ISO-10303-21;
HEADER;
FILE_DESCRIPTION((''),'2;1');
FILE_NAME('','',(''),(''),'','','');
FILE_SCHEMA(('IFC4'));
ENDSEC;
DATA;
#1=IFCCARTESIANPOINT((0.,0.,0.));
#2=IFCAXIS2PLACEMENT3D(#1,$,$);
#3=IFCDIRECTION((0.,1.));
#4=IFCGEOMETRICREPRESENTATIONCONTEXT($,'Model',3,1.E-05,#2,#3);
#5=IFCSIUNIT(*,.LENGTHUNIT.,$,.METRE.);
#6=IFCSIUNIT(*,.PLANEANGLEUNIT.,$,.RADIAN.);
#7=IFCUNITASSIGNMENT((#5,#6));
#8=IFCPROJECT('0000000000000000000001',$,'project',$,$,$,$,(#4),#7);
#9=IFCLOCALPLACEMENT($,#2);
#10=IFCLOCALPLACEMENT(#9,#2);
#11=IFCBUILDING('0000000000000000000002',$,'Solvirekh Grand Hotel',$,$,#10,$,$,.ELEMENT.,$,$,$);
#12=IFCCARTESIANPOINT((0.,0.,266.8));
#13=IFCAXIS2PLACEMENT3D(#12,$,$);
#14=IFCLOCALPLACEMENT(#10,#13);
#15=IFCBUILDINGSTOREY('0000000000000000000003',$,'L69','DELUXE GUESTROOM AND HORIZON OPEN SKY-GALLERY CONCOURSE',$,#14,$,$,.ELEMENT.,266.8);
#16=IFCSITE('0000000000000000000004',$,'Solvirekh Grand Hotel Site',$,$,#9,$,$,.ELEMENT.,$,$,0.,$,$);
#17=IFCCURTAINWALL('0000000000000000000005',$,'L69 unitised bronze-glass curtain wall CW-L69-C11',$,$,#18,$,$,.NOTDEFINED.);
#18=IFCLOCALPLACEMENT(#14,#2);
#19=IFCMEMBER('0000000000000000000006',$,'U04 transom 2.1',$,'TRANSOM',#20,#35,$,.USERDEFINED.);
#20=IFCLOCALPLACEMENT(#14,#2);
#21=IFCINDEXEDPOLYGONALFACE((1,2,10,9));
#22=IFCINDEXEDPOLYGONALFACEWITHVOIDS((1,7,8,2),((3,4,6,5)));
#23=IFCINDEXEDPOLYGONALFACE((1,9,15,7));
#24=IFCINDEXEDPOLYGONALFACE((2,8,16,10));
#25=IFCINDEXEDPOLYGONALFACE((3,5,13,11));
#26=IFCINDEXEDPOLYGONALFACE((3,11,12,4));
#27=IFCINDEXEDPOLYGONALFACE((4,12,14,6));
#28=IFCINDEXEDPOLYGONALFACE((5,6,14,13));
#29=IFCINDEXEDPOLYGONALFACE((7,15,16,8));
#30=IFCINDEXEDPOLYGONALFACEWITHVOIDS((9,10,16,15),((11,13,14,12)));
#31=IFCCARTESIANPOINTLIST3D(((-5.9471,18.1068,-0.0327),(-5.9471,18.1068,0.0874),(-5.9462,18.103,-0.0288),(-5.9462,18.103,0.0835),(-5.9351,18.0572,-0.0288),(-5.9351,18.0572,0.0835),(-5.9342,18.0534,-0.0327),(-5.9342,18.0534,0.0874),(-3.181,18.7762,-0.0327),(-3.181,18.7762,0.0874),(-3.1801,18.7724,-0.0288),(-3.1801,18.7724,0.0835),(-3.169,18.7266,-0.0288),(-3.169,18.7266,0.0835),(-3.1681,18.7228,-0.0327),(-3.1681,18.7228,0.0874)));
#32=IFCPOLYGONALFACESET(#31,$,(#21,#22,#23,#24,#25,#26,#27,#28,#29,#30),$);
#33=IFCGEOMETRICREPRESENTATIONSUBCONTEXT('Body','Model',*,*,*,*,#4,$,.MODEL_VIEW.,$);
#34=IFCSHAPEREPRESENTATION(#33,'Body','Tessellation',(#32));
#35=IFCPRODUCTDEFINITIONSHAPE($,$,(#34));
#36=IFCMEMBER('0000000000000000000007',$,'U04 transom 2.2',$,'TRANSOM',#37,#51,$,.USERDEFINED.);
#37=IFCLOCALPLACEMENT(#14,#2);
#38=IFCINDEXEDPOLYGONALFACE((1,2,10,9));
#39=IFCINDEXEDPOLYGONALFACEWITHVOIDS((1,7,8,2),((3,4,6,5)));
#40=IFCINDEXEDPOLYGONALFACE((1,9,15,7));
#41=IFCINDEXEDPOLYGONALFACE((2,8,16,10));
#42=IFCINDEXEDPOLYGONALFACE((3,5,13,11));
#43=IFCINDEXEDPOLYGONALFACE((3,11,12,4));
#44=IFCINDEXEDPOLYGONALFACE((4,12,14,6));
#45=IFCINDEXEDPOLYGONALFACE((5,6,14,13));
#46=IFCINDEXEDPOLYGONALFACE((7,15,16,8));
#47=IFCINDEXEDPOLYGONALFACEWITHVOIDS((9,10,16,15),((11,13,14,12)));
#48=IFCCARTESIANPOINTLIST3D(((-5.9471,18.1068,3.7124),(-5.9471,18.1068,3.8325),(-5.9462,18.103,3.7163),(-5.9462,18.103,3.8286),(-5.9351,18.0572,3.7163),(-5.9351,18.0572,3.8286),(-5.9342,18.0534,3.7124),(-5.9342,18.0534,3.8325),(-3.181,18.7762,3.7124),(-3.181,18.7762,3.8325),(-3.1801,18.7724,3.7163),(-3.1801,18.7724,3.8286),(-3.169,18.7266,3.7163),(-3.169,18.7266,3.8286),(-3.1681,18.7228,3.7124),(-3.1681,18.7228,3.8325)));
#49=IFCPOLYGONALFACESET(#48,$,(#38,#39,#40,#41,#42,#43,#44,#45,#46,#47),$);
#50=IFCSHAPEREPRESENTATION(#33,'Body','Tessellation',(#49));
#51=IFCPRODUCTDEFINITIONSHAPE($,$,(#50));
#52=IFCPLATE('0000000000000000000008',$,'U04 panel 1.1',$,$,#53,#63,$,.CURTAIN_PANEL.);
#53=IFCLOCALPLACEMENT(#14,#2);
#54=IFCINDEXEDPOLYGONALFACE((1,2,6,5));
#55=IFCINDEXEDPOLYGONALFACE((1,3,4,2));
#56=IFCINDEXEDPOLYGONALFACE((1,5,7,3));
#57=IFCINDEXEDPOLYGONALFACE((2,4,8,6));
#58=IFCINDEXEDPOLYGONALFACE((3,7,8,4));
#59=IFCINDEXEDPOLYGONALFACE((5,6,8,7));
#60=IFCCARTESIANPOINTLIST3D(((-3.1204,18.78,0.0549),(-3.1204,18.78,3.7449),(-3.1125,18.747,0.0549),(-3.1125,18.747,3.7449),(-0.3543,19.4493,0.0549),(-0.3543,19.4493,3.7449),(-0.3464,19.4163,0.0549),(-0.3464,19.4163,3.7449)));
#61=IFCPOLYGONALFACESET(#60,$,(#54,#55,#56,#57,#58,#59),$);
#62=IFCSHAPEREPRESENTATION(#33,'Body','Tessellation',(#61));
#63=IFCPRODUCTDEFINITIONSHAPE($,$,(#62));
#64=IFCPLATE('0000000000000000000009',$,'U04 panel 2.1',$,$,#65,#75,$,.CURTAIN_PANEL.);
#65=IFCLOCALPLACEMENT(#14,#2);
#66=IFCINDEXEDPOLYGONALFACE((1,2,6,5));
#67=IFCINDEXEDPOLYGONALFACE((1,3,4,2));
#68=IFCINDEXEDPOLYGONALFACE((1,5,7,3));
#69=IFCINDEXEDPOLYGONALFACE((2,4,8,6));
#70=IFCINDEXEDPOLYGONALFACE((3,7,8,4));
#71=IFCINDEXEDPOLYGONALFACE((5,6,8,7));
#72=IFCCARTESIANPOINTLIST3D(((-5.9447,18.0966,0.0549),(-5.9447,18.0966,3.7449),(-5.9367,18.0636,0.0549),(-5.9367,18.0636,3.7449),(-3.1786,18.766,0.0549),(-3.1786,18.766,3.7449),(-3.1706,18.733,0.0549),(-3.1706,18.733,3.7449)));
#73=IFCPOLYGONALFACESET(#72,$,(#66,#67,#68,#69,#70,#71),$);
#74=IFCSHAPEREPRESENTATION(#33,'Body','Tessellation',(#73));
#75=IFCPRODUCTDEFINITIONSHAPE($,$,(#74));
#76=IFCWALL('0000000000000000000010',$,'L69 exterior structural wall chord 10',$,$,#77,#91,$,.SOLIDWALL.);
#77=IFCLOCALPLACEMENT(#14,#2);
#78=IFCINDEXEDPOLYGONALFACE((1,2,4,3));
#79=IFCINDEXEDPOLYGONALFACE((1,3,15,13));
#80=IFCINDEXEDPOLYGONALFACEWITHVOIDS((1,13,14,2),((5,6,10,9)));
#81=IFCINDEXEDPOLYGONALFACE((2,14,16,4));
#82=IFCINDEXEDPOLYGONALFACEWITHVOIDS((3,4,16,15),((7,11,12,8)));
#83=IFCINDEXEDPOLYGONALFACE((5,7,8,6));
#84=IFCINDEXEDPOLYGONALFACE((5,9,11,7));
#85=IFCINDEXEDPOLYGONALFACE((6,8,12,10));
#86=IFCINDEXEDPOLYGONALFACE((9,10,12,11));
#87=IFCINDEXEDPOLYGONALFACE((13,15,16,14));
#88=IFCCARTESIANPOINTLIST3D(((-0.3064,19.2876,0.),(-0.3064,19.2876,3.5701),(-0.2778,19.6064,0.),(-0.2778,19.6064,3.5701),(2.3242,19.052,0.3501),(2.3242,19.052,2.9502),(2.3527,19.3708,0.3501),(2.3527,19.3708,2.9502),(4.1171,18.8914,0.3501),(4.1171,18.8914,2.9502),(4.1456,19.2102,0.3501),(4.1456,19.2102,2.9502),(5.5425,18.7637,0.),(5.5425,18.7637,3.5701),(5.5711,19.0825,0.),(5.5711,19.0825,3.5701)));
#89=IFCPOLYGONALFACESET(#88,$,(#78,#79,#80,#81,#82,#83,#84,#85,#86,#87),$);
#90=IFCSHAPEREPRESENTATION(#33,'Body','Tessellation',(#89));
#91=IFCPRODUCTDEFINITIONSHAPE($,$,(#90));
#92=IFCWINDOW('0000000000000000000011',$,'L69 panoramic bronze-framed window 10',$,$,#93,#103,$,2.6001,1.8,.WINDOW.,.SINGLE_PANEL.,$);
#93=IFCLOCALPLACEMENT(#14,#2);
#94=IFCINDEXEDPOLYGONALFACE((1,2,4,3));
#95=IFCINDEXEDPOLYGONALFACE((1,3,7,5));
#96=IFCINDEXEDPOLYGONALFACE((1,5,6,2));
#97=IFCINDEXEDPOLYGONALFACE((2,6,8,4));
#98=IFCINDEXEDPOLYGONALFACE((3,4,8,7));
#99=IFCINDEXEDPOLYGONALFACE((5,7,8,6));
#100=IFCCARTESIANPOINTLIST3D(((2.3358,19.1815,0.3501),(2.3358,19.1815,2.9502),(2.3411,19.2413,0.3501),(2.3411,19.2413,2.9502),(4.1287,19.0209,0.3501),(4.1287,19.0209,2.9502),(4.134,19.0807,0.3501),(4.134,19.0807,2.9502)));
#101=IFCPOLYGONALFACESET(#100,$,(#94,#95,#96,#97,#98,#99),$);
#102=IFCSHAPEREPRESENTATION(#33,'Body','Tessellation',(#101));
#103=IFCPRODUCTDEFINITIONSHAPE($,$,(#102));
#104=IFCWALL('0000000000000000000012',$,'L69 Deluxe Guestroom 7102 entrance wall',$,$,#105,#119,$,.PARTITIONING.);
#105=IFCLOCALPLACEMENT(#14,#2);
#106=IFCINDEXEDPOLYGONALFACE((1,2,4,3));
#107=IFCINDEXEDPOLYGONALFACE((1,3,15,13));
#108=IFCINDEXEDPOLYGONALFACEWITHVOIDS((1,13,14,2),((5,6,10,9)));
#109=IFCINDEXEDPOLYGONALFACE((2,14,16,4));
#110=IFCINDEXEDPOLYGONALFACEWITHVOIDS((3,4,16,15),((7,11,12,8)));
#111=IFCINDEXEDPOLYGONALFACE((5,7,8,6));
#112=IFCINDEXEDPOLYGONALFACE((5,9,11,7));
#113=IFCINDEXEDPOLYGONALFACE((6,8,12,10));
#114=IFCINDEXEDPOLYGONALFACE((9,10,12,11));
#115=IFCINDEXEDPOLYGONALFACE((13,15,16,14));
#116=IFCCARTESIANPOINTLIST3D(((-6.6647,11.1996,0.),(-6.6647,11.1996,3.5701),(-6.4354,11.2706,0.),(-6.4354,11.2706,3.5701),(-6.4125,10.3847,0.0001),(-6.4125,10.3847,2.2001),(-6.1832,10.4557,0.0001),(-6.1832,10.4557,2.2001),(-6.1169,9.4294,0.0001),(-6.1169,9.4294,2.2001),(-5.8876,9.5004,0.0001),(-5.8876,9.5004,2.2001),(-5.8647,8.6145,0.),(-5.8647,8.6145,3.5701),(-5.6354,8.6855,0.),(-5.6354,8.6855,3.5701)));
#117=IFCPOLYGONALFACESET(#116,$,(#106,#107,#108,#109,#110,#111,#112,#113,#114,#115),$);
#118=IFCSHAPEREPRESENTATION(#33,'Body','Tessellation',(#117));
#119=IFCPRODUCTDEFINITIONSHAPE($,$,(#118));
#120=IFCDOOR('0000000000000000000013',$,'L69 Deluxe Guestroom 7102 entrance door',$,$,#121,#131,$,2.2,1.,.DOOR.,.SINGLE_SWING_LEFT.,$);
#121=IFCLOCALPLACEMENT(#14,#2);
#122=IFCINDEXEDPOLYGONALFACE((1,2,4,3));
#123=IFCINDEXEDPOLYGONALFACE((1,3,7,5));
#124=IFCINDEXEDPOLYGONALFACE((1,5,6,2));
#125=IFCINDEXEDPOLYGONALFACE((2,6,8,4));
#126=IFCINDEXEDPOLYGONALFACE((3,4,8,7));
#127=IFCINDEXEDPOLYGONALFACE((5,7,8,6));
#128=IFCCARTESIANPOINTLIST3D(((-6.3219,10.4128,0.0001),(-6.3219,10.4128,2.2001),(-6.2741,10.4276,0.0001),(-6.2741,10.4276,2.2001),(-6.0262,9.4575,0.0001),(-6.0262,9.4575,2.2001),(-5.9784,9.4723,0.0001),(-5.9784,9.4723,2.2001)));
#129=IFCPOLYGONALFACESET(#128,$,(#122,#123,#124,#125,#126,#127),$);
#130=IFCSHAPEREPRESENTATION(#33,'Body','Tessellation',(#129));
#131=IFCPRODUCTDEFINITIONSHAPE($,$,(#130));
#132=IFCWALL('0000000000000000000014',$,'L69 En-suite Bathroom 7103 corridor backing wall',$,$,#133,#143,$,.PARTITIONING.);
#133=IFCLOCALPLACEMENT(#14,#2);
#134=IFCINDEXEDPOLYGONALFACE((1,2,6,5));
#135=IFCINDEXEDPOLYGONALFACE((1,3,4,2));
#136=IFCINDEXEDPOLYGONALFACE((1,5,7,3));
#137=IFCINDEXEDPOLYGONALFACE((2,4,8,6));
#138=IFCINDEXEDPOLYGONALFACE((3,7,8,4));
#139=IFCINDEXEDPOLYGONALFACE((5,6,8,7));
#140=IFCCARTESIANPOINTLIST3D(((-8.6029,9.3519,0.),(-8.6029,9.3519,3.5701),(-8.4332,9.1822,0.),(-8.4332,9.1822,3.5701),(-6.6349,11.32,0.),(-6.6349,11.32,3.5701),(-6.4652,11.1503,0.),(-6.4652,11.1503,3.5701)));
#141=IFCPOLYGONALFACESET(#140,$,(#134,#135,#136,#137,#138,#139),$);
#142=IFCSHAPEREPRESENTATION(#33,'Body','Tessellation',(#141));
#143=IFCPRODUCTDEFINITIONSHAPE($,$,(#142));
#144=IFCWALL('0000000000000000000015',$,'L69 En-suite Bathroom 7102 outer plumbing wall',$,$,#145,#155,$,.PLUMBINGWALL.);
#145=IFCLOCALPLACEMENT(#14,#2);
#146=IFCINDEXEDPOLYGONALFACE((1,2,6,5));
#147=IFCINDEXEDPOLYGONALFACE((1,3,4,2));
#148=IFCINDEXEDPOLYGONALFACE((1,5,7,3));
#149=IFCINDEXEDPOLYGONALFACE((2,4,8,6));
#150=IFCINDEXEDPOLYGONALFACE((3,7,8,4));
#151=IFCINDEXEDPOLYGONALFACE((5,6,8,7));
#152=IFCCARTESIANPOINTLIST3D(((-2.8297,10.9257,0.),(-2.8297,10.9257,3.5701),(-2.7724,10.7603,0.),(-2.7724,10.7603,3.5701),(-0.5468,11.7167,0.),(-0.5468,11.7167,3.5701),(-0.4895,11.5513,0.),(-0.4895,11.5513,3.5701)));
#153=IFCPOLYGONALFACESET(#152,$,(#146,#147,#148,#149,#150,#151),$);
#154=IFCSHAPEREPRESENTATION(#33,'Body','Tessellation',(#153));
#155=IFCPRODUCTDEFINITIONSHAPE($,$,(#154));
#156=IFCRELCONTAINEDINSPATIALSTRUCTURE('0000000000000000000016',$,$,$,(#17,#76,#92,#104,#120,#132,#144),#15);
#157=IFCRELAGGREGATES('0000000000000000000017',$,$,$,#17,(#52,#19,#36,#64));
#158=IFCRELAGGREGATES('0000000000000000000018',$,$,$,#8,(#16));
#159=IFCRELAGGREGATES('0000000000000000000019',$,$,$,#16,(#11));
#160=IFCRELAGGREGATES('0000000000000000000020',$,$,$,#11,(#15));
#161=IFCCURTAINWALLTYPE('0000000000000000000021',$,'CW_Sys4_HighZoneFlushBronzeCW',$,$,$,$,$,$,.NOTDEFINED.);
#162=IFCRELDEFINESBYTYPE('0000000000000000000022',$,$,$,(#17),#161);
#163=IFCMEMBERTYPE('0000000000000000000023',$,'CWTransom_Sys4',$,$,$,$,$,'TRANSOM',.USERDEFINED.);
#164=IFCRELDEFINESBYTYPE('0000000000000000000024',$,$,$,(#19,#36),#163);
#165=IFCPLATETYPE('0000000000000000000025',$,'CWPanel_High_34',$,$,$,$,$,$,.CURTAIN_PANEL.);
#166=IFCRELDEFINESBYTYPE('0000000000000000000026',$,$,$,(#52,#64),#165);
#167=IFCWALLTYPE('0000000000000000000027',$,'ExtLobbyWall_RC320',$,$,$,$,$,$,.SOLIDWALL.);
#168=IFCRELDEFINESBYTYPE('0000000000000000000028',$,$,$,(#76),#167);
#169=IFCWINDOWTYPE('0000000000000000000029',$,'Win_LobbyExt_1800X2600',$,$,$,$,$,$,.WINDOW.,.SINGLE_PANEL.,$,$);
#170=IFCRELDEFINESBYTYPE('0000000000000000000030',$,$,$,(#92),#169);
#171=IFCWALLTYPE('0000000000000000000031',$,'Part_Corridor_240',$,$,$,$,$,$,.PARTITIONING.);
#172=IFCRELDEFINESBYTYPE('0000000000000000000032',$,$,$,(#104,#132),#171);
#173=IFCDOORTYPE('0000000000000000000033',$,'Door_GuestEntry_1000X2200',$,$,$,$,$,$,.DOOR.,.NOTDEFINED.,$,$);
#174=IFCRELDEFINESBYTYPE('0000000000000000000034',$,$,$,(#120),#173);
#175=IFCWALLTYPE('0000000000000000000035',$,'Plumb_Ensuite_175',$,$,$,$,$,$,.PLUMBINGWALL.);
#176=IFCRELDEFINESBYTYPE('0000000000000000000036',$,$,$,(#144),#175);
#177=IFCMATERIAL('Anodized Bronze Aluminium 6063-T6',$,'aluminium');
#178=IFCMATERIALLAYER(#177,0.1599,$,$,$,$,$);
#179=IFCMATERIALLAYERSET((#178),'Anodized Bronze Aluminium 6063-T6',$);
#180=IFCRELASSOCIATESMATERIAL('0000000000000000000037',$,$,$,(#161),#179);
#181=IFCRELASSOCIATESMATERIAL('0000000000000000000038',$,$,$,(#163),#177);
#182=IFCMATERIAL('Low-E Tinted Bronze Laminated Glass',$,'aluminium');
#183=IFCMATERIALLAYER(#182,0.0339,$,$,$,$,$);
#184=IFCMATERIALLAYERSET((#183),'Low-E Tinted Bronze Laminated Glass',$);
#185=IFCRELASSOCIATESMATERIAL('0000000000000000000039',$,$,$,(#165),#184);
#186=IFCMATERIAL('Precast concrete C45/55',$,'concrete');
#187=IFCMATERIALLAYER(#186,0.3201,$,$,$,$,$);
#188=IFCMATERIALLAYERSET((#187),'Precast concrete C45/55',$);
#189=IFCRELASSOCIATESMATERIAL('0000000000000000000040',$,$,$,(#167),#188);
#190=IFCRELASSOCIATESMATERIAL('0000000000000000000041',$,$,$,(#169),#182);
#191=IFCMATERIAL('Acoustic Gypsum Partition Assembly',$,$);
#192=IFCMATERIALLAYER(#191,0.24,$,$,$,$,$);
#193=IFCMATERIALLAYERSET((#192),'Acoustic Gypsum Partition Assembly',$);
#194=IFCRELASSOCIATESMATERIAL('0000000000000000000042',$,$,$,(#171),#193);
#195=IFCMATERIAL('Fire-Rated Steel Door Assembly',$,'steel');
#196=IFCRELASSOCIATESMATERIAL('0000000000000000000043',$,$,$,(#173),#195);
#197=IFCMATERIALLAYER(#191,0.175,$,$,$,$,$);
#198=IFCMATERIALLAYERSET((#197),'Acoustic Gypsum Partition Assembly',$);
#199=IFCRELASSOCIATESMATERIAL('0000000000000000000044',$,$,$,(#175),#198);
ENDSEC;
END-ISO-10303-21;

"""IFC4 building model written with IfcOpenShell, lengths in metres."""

from ifc_helpers import new_model, si_unit, direction, frame, frame_2d, origin, origin_2d, place, context, subcontext, project, spatial, rectangle, hollow_rectangle, extrude, source, transform, mapped, material, layer, layer_set, material_profile, profile_set, type_object, element, fill, aggregate, save


model = new_model("IFC4")

# Units and contexts
model_context = context("Model", 3, precision=1e-05, world=origin(), true_north=direction((0.0, 1.0)))
body_context = subcontext(model_context, "Body", "Model", "MODEL_VIEW")
ifc_project = project(units=[si_unit("LENGTHUNIT", "METRE"), si_unit("PLANEANGLEUNIT", "RADIAN")], contexts=[model_context])

# Site, building, storey
site_placement = place(None, origin())
site = spatial("IfcSite", under=ifc_project, at=site_placement, Name="Solvirekh Grand Hotel Site", CompositionType="ELEMENT", RefElevation=0.0)
building_placement = place(site_placement, origin())
building = spatial("IfcBuilding", under=site, at=building_placement, Name="Solvirekh Grand Hotel", CompositionType="ELEMENT")
storey_placement = place(building_placement, frame((0.0, 0.0, 266.8)))
storey = spatial("IfcBuildingStorey", under=building, at=storey_placement, Name="L69", Description="DELUXE GUESTROOM AND HORIZON OPEN SKY-GALLERY CONCOURSE", CompositionType="ELEMENT", Elevation=266.8)

# Curtain wall, members, plates
ifc_material_1 = material(Name="Anodized Bronze Aluminium 6063-T6", Category="aluminium")
ifc_layer_1 = layer(ifc_material_1, 0.1599)
ifc_layer_set_1 = layer_set([ifc_layer_1], Name="Anodized Bronze Aluminium 6063-T6")
curtain_wall_type = type_object("IfcCurtainWallType", Name="CW_Sys4_HighZoneFlushBronzeCW", PredefinedType="NOTDEFINED", material=ifc_layer_set_1)
curtain_wall_placement = place(storey_placement, origin())
curtain_wall = element("IfcCurtainWall", 1, at=curtain_wall_placement, inside=storey, type_object=curtain_wall_type, Name="L69 unitised bronze-glass curtain wall CW-L69-C11", PredefinedType="NOTDEFINED")
ifc_material_profile_1 = material_profile(ifc_material_1, hollow_rectangle(XDim=0.0549, YDim=0.1201, WallThickness=0.0039, at=origin_2d()), Name="ALU RHS 120X55X4")
ifc_profile_set_1 = profile_set([ifc_material_profile_1], Name="Anodized Bronze Aluminium 6063-T6")
member_type_1 = type_object("IfcMemberType", Name="CWTransom_Sys4", ElementType="TRANSOM", PredefinedType="USERDEFINED", material=ifc_profile_set_1)
shared_shape_1 = source(origin(), body_context, "Body", "SweptSolid", [
    extrude(hollow_rectangle(XDim=0.0549, YDim=0.1201, WallThickness=0.0039, at=origin_2d()), origin(), (0.0, 0.0, 1.0), 2.8459),
])
member_1_placement = place(storey_placement, frame((-3.1746, 18.7495, 0.0273), z_axis=(-0.971942, -0.235222, 0.0), x_axis=(0.235222, -0.971942, 0.0)))
member_1 = element("IfcMember", 2, at=member_1_placement, type_object=member_type_1, Name="U04 transom 2.1", ObjectType="TRANSOM", PredefinedType="USERDEFINED", context=body_context, shape_type="MappedRepresentation", body=[
    mapped(shared_shape_1, transform((0.0, 0.0, 0.0), x_axis=(1.0, 0.0, 0.0), y_axis=(0.0, 1.0, 0.0), z_axis=(0.0, 0.0, 1.0), scale=1.0)),
])
member_2_placement = place(storey_placement, frame((-3.1746, 18.7495, 3.7725), z_axis=(-0.971942, -0.235222, 0.0), x_axis=(0.235222, -0.971942, 0.0)))
member_2 = element("IfcMember", 3, at=member_2_placement, type_object=member_type_1, Name="U04 transom 2.2", ObjectType="TRANSOM", PredefinedType="USERDEFINED", context=body_context, shape_type="MappedRepresentation", body=[
    mapped(shared_shape_1, transform((0.0, 0.0, 0.0), x_axis=(1.0, 0.0, 0.0), y_axis=(0.0, 1.0, 0.0), z_axis=(0.0, 0.0, 1.0), scale=1.0)),
])
ifc_material_2 = material(Name="Low-E Tinted Bronze Laminated Glass", Category="aluminium")
ifc_layer_2 = layer(ifc_material_2, 0.0339)
ifc_layer_set_2 = layer_set([ifc_layer_2], Name="Low-E Tinted Bronze Laminated Glass")
plate_type = type_object("IfcPlateType", Name="CWPanel_High_34", PredefinedType="CURTAIN_PANEL", material=ifc_layer_set_2)
shared_shape_2 = source(origin(), body_context, "Body", "SweptSolid", [
    extrude(rectangle(XDim=2.8459, YDim=0.0339, at=origin_2d()), origin(), (0.0, 0.0, 1.0), 3.6899),
])
plate_1_placement = place(storey_placement, frame((-1.7334, 19.0981, 0.0549), z_axis=(0.0, 0.0, 1.0), x_axis=(-0.971948, -0.235195, 0.0)))
plate_1 = element("IfcPlate", 4, at=plate_1_placement, type_object=plate_type, Name="U04 panel 1.1", PredefinedType="CURTAIN_PANEL", context=body_context, shape_type="MappedRepresentation", body=[
    mapped(shared_shape_2, transform((0.0, 0.0, 0.0), x_axis=(1.0, 0.0, 0.0), y_axis=(0.0, 1.0, 0.0), z_axis=(0.0, 0.0, 1.0), scale=1.0)),
])
plate_2_placement = place(storey_placement, frame((-4.5576, 18.4148, 0.0549), z_axis=(0.0, 0.0, 1.0), x_axis=(-0.971948, -0.235195, 0.0)))
plate_2 = element("IfcPlate", 5, at=plate_2_placement, type_object=plate_type, Name="U04 panel 2.1", PredefinedType="CURTAIN_PANEL", context=body_context, shape_type="MappedRepresentation", body=[
    mapped(shared_shape_2, transform((0.0, 0.0, 0.0), x_axis=(1.0, 0.0, 0.0), y_axis=(0.0, 1.0, 0.0), z_axis=(0.0, 0.0, 1.0), scale=1.0)),
])
aggregate(curtain_wall, [plate_1, member_1, member_2, plate_2])

# Wall, opening, window
ifc_material_3 = material(Name="Precast concrete C45/55", Category="concrete")
ifc_layer_3 = layer(ifc_material_3, 0.3201)
ifc_layer_set_3 = layer_set([ifc_layer_3], Name="Precast concrete C45/55")
wall_type_1 = type_object("IfcWallType", Name="ExtLobbyWall_RC320", PredefinedType="SOLIDWALL", material=ifc_layer_set_3)
wall_1_placement = place(storey_placement, frame((-0.292, 19.447, 0.0), z_axis=(0.0, 0.0, 1.0), x_axis=(0.996012, -0.08922, 0.0)))
wall_1 = element("IfcWall", 6, at=wall_1_placement, inside=storey, type_object=wall_type_1, Name="L69 exterior structural wall chord 10", PredefinedType="SOLIDWALL", context=body_context, shape_type="SweptSolid", body=[
    extrude(rectangle(XDim=5.8723, YDim=0.3201, at=frame_2d((2.936, 0.0))), origin(), (0.0, 0.0, 1.0), 3.5701),
])
opening_1_placement = place(wall_1_placement, frame((2.6411, 0.0, 0.3501)))
opening_1 = element("IfcOpeningElement", 7, at=opening_1_placement, cuts=wall_1, PredefinedType="OPENING", context=body_context, shape_type="SweptSolid", body=[
    extrude(rectangle(XDim=1.8, YDim=2.6001, at=frame_2d((0.8999, 1.3))), frame((0.0, 0.1699, 0.0), z_axis=(0.0, -1.0, 0.0), x_axis=(1.0, 0.0, 0.0)), (0.0, 0.0, 1.0), 0.3401),
])
window_type = type_object("IfcWindowType", Name="Win_LobbyExt_1800X2600", PartitioningType="SINGLE_PANEL", PredefinedType="WINDOW", material=ifc_material_2)
window_placement = place(opening_1_placement, origin())
window = element("IfcWindow", 8, at=window_placement, inside=storey, type_object=window_type, Name="L69 panoramic bronze-framed window 10", OverallHeight=2.6001, OverallWidth=1.8, PartitioningType="SINGLE_PANEL", PredefinedType="WINDOW", context=body_context, shape_type="SweptSolid", body=[
    extrude(rectangle(XDim=1.8, YDim=2.6001, at=frame_2d((0.8999, 1.3))), frame((0.0, 0.03, 0.0), z_axis=(0.0, -1.0, 0.0), x_axis=(1.0, 0.0, 0.0)), (0.0, 0.0, 1.0), 0.0601),
])
fill(opening_1, window)

# Wall, opening, door
ifc_material_4 = material(Name="Acoustic Gypsum Partition Assembly")
ifc_layer_4 = layer(ifc_material_4, 0.24)
ifc_layer_set_4 = layer_set([ifc_layer_4], Name="Acoustic Gypsum Partition Assembly")
wall_type_2 = type_object("IfcWallType", Name="Part_Corridor_240", PredefinedType="PARTITIONING", material=ifc_layer_set_4)
wall_2_placement = place(storey_placement, frame((-6.55, 11.2351, 0.0), z_axis=(0.0, 0.0, 1.0), x_axis=(0.295639, -0.9553, 0.0)))
wall_2 = element("IfcWall", 9, at=wall_2_placement, inside=storey, type_object=wall_type_2, Name="L69 Deluxe Guestroom 7102 entrance wall", PredefinedType="PARTITIONING", context=body_context, shape_type="SweptSolid", body=[
    extrude(rectangle(XDim=2.7061, YDim=0.24, at=frame_2d((1.353, 0.0))), origin(), (0.0, 0.0, 1.0), 3.5701),
])
opening_2_placement = place(wall_2_placement, frame((0.853, 0.0, 0.0)))
opening_2 = element("IfcOpeningElement", 10, at=opening_2_placement, cuts=wall_2, PredefinedType="OPENING", context=body_context, shape_type="SweptSolid", body=[
    extrude(rectangle(XDim=1.0, YDim=2.2, at=frame_2d((0.5, 1.1001))), frame((0.0, 0.1299, 0.0), z_axis=(0.0, -1.0, 0.0), x_axis=(1.0, 0.0, 0.0)), (0.0, 0.0, 1.0), 0.26),
])
ifc_material_5 = material(Name="Fire-Rated Steel Door Assembly", Category="steel")
door_type_1 = type_object("IfcDoorType", Name="Door_GuestEntry_1000X2200", OperationType="NOTDEFINED", PredefinedType="DOOR", material=ifc_material_5)
door_1_placement = place(opening_2_placement, origin())
door_1 = element("IfcDoor", 11, at=door_1_placement, inside=storey, type_object=door_type_1, Name="L69 Deluxe Guestroom 7102 entrance door", OperationType="SINGLE_SWING_LEFT", OverallHeight=2.2, OverallWidth=1.0, PredefinedType="DOOR", context=body_context, shape_type="SweptSolid", body=[
    extrude(rectangle(XDim=1.0, YDim=2.2, at=frame_2d((0.5, 1.1001))), frame((0.0, 0.0249, 0.0), z_axis=(0.0, -1.0, 0.0), x_axis=(1.0, 0.0, 0.0)), (0.0, 0.0, 1.0), 0.05),
])
fill(opening_2, door_1)

# Walls
wall_3_placement = place(storey_placement, frame((-6.55, 11.2351, 0.0), z_axis=(0.0, 0.0, 1.0), x_axis=(-0.707107, -0.707107, 0.0)))
element("IfcWall", 12, at=wall_3_placement, inside=storey, type_object=wall_type_2, Name="L69 En-suite Bathroom 7103 corridor backing wall", PredefinedType="PARTITIONING", context=body_context, shape_type="SweptSolid", body=[
    extrude(rectangle(XDim=2.7832, YDim=0.24, at=frame_2d((1.3916, 0.0))), origin(), (0.0, 0.0, 1.0), 3.5701),
])
ifc_layer_5 = layer(ifc_material_4, 0.175)
ifc_layer_set_5 = layer_set([ifc_layer_5], Name="Acoustic Gypsum Partition Assembly")
wall_type_3 = type_object("IfcWallType", Name="Plumb_Ensuite_175", PredefinedType="PLUMBINGWALL", material=ifc_layer_set_5)
wall_4_placement = place(storey_placement, frame((-2.801, 10.843, 0.0), z_axis=(0.0, 0.0, 1.0), x_axis=(0.944889, 0.327392, 0.0)))
element("IfcWall", 13, at=wall_4_placement, inside=storey, type_object=wall_type_3, Name="L69 En-suite Bathroom 7102 outer plumbing wall", PredefinedType="PLUMBINGWALL", context=body_context, shape_type="SweptSolid", body=[
    extrude(rectangle(XDim=2.416, YDim=0.175, at=frame_2d((1.208, 0.0))), origin(), (0.0, 0.0, 1.0), 3.5701),
])

save(model, "model.ifc")
